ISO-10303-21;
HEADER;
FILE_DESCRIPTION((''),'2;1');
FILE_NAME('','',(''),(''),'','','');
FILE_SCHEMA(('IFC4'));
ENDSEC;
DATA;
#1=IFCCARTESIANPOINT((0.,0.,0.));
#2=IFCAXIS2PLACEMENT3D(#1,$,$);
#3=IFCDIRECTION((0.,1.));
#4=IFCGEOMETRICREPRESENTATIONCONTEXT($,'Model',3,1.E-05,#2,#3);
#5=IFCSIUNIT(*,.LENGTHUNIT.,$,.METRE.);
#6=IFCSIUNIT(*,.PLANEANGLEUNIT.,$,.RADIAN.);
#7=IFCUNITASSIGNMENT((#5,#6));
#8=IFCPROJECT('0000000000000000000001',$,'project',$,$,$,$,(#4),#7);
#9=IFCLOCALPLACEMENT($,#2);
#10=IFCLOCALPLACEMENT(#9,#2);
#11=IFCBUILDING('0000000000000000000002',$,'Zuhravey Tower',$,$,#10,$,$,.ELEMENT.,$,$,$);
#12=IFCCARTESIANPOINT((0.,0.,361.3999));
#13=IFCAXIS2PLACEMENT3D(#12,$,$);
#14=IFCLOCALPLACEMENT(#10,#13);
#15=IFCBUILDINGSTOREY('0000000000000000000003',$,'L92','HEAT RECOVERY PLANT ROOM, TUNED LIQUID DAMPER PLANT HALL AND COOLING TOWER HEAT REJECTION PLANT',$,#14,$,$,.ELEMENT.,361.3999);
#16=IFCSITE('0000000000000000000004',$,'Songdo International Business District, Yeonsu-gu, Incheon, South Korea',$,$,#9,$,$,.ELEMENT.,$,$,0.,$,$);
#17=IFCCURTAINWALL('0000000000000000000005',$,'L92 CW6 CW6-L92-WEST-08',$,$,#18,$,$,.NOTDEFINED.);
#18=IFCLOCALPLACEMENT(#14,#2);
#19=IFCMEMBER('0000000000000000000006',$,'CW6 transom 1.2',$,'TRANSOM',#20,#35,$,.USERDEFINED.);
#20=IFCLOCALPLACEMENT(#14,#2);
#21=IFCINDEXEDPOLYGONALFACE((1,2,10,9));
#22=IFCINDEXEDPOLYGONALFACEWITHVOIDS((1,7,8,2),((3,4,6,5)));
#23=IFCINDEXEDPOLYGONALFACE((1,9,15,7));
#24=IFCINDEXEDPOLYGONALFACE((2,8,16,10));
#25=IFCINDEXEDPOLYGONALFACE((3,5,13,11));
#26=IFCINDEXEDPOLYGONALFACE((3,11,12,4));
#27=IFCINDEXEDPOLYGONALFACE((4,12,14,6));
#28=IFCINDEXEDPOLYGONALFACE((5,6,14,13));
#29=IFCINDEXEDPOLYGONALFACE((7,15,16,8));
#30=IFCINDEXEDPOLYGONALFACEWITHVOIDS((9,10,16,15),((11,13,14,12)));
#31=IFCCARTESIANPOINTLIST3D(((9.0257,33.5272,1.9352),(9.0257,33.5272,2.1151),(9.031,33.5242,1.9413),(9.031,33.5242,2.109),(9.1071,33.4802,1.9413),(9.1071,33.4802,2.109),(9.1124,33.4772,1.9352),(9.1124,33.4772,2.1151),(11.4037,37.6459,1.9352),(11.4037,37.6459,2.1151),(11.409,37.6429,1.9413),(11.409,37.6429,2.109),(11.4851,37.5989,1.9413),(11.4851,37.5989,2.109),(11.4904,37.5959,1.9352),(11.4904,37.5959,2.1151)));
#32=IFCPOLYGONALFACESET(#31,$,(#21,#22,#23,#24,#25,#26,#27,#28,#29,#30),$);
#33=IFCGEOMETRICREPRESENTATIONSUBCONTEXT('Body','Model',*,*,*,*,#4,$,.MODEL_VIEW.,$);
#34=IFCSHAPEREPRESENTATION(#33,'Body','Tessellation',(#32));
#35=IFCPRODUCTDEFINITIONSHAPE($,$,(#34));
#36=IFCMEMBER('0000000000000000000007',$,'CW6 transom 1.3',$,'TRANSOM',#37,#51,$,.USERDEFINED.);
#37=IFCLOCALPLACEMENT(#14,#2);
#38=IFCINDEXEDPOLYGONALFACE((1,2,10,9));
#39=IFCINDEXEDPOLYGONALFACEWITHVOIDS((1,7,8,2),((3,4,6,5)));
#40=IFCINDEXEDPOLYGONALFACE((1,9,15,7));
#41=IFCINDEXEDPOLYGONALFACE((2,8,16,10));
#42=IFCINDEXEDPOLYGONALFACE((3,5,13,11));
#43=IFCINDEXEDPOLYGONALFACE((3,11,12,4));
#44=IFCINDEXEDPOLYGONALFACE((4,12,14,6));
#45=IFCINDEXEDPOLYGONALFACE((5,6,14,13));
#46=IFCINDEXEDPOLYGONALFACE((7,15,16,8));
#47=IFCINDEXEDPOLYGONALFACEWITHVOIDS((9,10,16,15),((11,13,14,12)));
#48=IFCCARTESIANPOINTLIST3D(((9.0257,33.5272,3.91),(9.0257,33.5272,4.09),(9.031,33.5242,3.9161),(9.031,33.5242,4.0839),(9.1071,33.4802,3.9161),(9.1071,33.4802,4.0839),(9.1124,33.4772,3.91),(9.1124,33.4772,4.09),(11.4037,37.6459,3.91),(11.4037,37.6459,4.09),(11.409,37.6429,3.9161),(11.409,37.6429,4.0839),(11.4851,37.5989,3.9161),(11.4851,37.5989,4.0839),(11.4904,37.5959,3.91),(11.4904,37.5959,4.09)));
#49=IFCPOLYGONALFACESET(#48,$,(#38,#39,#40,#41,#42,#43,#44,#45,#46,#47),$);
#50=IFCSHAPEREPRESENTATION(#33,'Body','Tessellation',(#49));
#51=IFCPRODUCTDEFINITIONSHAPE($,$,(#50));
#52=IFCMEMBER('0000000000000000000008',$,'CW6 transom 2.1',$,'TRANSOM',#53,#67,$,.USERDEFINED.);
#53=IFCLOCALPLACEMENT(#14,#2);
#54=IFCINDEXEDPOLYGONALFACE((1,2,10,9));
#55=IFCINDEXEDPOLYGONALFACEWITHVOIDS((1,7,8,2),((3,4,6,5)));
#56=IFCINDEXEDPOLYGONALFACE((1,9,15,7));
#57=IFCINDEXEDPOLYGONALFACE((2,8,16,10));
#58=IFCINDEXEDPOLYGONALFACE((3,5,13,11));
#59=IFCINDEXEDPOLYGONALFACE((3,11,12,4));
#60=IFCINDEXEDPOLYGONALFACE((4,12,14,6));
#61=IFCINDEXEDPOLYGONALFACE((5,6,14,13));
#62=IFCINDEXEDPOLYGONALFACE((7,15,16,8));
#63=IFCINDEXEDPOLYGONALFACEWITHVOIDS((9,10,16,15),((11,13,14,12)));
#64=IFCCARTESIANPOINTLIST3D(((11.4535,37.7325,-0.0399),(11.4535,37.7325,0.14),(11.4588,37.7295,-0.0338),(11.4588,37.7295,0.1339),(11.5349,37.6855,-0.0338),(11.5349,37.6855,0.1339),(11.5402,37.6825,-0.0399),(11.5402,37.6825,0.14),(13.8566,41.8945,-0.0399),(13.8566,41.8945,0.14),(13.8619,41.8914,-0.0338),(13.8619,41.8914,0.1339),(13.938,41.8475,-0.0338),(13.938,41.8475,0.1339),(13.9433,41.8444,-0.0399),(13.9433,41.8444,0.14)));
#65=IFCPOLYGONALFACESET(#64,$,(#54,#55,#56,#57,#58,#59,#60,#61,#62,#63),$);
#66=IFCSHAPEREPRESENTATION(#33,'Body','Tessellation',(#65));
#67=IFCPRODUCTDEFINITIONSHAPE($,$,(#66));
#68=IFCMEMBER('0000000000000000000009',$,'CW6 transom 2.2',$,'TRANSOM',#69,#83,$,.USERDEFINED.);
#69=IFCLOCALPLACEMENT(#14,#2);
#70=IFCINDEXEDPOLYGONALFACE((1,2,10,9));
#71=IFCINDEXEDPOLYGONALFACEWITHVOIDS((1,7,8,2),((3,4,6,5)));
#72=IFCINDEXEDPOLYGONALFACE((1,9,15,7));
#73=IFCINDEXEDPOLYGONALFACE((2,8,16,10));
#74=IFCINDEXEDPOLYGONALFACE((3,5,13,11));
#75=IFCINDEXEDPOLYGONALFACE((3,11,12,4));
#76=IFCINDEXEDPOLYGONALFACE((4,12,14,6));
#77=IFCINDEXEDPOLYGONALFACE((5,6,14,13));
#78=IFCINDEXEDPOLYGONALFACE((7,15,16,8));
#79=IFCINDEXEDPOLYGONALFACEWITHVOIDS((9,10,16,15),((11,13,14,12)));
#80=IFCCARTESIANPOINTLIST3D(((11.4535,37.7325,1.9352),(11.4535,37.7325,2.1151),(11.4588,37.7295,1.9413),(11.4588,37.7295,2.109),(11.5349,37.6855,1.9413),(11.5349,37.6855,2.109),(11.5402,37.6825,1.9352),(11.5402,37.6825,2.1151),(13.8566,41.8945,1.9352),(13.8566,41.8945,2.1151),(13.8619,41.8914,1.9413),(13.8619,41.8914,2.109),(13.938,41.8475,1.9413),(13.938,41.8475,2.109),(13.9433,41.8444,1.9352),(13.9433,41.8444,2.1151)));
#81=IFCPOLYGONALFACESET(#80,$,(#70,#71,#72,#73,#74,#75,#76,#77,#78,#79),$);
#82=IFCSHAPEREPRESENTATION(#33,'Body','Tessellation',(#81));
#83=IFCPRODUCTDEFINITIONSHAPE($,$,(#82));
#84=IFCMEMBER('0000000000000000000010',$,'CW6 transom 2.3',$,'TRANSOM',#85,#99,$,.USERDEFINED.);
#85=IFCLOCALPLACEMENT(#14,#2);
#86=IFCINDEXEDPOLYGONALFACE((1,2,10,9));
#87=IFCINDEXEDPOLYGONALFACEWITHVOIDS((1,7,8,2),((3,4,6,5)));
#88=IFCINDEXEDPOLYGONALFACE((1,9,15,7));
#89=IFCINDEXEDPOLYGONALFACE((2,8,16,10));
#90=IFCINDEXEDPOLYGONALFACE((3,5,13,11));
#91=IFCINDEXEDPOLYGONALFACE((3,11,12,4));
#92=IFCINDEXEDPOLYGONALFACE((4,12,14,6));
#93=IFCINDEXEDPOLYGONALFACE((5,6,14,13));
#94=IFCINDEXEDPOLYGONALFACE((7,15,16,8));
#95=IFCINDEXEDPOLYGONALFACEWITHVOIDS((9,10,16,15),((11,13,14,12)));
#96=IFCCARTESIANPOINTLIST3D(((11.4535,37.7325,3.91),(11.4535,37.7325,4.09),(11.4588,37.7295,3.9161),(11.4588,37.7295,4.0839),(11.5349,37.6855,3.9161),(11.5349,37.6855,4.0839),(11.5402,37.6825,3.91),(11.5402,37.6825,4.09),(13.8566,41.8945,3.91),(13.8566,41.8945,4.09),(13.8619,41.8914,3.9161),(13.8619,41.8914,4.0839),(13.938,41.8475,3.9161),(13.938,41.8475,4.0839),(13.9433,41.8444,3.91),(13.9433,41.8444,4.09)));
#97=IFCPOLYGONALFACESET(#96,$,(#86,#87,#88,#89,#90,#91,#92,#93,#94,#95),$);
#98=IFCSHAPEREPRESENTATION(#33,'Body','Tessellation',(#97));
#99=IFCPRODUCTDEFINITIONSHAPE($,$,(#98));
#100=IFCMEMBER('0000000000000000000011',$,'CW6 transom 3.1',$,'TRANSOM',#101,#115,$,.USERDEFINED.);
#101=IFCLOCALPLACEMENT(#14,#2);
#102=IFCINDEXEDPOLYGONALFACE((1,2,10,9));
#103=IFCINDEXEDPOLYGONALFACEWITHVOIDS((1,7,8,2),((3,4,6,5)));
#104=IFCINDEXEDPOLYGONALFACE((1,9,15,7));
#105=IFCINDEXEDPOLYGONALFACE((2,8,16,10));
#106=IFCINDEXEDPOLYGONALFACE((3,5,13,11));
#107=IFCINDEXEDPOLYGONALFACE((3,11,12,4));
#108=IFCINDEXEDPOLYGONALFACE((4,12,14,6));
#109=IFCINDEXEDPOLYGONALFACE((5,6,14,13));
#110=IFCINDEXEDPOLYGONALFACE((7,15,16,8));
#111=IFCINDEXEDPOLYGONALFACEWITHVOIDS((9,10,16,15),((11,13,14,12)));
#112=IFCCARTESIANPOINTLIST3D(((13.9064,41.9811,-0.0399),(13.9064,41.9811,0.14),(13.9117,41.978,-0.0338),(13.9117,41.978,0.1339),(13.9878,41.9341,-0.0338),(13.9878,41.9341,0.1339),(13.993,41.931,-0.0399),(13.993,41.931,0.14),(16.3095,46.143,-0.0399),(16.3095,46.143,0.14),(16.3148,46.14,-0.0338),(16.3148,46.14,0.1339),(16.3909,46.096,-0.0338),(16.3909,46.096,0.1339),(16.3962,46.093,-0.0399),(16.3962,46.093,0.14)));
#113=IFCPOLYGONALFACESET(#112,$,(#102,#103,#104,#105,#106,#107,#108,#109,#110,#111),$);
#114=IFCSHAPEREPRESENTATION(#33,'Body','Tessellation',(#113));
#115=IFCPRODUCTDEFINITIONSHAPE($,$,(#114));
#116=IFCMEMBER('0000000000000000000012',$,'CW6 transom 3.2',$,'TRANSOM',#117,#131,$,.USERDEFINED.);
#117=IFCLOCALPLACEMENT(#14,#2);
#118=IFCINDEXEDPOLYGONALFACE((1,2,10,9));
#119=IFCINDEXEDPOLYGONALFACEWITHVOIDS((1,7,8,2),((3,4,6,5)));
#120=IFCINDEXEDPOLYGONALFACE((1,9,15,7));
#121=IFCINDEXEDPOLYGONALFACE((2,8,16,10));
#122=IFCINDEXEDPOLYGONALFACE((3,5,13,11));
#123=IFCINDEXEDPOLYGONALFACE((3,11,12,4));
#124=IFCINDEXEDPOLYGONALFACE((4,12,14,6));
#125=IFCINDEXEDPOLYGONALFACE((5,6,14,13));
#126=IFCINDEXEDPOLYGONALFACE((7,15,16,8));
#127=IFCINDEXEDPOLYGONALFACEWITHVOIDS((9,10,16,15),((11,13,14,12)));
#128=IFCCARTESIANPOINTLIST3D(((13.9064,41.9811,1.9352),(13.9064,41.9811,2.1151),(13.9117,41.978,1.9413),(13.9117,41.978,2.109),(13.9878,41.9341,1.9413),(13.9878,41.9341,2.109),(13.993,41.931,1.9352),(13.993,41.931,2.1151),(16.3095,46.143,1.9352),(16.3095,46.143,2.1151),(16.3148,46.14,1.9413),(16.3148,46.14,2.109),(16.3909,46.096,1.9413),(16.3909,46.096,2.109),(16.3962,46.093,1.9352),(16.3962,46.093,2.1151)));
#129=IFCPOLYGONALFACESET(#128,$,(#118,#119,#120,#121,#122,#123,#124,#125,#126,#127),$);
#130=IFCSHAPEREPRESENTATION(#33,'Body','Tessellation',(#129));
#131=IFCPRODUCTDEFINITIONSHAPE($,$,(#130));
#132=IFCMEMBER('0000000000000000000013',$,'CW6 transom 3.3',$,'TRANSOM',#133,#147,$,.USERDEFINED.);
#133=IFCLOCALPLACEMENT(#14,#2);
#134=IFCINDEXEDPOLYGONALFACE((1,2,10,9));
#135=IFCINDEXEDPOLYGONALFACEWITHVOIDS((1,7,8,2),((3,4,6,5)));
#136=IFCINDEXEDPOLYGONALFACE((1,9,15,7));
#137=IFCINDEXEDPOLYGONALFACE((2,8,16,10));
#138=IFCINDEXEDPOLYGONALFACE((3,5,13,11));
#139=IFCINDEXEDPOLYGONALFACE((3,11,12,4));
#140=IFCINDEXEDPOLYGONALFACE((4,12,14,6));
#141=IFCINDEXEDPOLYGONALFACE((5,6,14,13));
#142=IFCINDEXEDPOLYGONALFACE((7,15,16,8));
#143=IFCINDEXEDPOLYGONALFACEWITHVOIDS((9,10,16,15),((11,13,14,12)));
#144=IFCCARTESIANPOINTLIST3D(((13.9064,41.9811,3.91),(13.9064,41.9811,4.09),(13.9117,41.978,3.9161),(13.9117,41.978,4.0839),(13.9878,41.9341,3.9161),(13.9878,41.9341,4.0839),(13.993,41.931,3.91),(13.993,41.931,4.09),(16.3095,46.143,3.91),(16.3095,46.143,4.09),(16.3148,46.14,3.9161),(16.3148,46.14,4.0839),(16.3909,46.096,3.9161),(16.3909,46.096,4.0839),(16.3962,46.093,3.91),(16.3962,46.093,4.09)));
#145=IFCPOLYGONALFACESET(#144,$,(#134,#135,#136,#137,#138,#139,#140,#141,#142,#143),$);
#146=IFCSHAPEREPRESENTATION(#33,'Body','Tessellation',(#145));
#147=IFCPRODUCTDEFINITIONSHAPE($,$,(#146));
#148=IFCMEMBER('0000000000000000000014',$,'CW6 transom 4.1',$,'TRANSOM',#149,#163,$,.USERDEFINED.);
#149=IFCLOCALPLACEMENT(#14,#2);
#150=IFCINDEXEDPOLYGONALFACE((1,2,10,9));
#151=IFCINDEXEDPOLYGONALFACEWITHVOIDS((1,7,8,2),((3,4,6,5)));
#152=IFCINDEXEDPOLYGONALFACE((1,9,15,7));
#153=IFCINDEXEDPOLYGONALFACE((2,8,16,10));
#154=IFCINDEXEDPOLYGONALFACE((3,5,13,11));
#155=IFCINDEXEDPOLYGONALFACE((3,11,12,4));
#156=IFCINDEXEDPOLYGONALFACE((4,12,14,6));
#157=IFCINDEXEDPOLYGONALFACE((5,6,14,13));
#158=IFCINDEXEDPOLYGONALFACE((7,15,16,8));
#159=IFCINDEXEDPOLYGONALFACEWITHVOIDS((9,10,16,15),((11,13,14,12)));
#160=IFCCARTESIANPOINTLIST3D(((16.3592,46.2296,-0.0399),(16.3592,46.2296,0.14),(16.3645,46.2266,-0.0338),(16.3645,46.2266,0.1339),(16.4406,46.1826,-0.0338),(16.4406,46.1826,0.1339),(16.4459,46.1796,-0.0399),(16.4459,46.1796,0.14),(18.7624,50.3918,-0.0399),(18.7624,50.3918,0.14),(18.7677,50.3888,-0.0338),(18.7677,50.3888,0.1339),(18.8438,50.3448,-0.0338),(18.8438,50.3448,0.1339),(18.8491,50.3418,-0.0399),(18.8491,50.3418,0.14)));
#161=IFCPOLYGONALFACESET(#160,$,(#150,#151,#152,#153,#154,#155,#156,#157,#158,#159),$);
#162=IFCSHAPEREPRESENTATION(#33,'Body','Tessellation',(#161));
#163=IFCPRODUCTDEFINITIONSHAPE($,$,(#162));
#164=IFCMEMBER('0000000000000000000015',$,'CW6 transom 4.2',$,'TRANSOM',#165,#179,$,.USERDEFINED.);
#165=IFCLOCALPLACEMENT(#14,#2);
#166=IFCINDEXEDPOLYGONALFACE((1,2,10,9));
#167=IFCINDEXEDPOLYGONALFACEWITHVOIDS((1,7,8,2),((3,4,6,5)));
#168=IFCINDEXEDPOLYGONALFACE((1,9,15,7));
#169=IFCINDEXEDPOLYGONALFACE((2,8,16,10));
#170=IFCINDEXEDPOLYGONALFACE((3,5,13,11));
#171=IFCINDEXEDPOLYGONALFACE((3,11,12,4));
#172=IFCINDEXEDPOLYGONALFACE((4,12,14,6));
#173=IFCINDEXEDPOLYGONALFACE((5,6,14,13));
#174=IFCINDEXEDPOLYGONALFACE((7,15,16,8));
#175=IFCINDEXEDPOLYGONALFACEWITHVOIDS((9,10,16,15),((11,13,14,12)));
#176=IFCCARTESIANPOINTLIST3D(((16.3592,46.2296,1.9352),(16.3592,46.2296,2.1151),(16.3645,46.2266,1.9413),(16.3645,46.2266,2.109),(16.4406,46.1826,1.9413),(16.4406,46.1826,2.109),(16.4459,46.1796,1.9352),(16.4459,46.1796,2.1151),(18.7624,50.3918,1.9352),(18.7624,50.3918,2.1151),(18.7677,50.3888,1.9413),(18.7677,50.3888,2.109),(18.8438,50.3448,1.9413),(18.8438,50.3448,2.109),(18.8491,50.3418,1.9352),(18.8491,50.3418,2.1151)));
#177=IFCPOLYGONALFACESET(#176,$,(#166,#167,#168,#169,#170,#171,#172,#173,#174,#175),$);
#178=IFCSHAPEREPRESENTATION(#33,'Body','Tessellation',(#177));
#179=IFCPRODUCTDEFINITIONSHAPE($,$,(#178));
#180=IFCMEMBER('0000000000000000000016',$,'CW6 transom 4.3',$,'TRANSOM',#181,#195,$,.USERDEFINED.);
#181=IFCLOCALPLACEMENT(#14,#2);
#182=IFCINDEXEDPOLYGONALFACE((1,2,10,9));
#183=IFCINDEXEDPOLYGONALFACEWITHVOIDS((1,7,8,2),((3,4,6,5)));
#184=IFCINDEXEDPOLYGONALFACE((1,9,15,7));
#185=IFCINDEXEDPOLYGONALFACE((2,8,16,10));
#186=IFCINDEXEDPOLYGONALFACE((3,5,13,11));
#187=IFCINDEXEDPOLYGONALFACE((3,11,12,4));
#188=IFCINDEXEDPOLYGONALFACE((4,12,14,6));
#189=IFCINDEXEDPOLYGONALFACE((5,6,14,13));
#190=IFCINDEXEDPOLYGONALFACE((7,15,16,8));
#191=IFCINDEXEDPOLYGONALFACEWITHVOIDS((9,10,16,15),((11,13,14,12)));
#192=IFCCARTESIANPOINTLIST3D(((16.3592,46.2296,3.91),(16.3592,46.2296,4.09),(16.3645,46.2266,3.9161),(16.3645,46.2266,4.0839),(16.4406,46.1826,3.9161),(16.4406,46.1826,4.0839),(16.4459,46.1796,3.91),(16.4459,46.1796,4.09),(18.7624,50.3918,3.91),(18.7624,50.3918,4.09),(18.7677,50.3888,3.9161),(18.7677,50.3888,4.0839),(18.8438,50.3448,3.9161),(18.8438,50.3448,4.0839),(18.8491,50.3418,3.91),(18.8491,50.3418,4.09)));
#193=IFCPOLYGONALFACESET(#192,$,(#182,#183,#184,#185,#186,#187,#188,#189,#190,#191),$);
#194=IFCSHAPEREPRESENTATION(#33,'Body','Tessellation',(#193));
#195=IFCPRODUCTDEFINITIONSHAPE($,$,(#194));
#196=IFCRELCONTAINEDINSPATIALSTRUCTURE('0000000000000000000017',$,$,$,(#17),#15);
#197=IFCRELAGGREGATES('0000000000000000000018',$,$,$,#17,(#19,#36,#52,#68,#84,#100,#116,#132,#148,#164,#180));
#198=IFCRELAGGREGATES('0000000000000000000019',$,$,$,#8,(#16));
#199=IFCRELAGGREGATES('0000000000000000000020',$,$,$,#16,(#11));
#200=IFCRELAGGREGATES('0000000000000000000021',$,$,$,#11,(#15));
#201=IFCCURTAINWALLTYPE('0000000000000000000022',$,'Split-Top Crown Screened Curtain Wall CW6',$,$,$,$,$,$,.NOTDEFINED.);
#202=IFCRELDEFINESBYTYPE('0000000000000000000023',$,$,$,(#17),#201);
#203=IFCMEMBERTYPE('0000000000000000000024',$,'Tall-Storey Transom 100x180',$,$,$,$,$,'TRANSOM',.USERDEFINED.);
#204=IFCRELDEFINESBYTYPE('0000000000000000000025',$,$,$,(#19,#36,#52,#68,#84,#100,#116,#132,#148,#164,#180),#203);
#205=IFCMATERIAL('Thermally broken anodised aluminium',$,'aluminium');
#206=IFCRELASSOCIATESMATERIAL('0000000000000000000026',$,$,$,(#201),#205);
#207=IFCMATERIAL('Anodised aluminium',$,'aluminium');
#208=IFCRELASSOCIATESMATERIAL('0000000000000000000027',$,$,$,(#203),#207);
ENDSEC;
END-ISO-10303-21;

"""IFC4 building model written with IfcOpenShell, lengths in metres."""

from ifc_helpers import new_model, si_unit, direction, frame, origin, origin_2d, place, context, subcontext, project, spatial, hollow_rectangle, extrude, material, material_profile, profile_set, type_object, element, aggregate, save


model = new_model("IFC4")

# Units and contexts
model_context = context("Model", 3, precision=1e-05, world=origin(), true_north=direction((0.0, 1.0)))
body_context = subcontext(model_context, "Body", "Model", "MODEL_VIEW")
ifc_project = project(units=[si_unit("LENGTHUNIT", "METRE"), si_unit("PLANEANGLEUNIT", "RADIAN")], contexts=[model_context])

# Site, building, storey
site_placement = place(None, origin())
site = spatial("IfcSite", under=ifc_project, at=site_placement, Name="Songdo International Business District, Yeonsu-gu, Incheon, South Korea", CompositionType="ELEMENT", RefElevation=0.0)
building_placement = place(site_placement, origin())
building = spatial("IfcBuilding", under=site, at=building_placement, Name="Zuhravey Tower", CompositionType="ELEMENT")
storey_placement = place(building_placement, frame((0.0, 0.0, 361.3999)))
storey = spatial("IfcBuildingStorey", under=building, at=storey_placement, Name="L92", Description="HEAT RECOVERY PLANT ROOM, TUNED LIQUID DAMPER PLANT HALL AND COOLING TOWER HEAT REJECTION PLANT", CompositionType="ELEMENT", Elevation=361.3999)

# Shared definitions
ifc_material_1 = material(Name="Thermally broken anodised aluminium", Category="aluminium")
curtain_wall_type = type_object("IfcCurtainWallType", Name="Split-Top Crown Screened Curtain Wall CW6", PredefinedType="NOTDEFINED", material=ifc_material_1)
ifc_material_2 = material(Name="Anodised aluminium", Category="aluminium")

# Curtain wall
curtain_wall_1_placement = place(storey_placement, origin())
curtain_wall_1 = element("IfcCurtainWall", 1, at=curtain_wall_1_placement, inside=storey, type_object=curtain_wall_type, Name="L92 CW6 CW6-L92-WEST-08", PredefinedType="NOTDEFINED")

# Members
ifc_material_profile_1 = material_profile(ifc_material_2, hollow_rectangle(XDim=0.1001, YDim=0.1799, WallThickness=0.0061, at=origin_2d()), Name="ALU-RHS-100x180x6")
ifc_profile_set_1 = profile_set([ifc_material_profile_1], Name="Anodised aluminium")
member_type_1 = type_object("IfcMemberType", Name="Tall-Storey Transom 100x180", ElementType="TRANSOM", PredefinedType="USERDEFINED", material=ifc_profile_set_1)
member_1_placement = place(storey_placement, frame((9.0691, 33.5022, 2.0251), z_axis=(0.500004, 0.866023, 0.0), x_axis=(-0.866023, 0.500004, 0.0)))
member_1 = element("IfcMember", 2, at=member_1_placement, type_object=member_type_1, Name="CW6 transom 1.2", ObjectType="TRANSOM", PredefinedType="USERDEFINED", context=body_context, shape_type="SweptSolid", body=[
    extrude(hollow_rectangle(XDim=0.1001, YDim=0.1799, WallThickness=0.0061, at=origin_2d()), origin(), (0.0, 0.0, 1.0), 4.7559),
])
member_2_placement = place(storey_placement, frame((9.0691, 33.5022, 4.0), z_axis=(0.500004, 0.866023, 0.0), x_axis=(-0.866023, 0.500004, 0.0)))
member_2 = element("IfcMember", 3, at=member_2_placement, type_object=member_type_1, Name="CW6 transom 1.3", ObjectType="TRANSOM", PredefinedType="USERDEFINED", context=body_context, shape_type="SweptSolid", body=[
    extrude(hollow_rectangle(XDim=0.1001, YDim=0.1799, WallThickness=0.0061, at=origin_2d()), origin(), (0.0, 0.0, 1.0), 4.7559),
])
member_3_placement = place(storey_placement, frame((11.4968, 37.7075, 0.05), z_axis=(0.500035, 0.866005, 0.0), x_axis=(-0.866005, 0.500035, 0.0)))
member_3 = element("IfcMember", 4, at=member_3_placement, type_object=member_type_1, Name="CW6 transom 2.1", ObjectType="TRANSOM", PredefinedType="USERDEFINED", context=body_context, shape_type="SweptSolid", body=[
    extrude(hollow_rectangle(XDim=0.1001, YDim=0.1799, WallThickness=0.0061, at=origin_2d()), origin(), (0.0, 0.0, 1.0), 4.8059),
])
member_4_placement = place(storey_placement, frame((11.4968, 37.7075, 2.0251), z_axis=(0.500035, 0.866005, 0.0), x_axis=(-0.866005, 0.500035, 0.0)))
member_4 = element("IfcMember", 5, at=member_4_placement, type_object=member_type_1, Name="CW6 transom 2.2", ObjectType="TRANSOM", PredefinedType="USERDEFINED", context=body_context, shape_type="SweptSolid", body=[
    extrude(hollow_rectangle(XDim=0.1001, YDim=0.1799, WallThickness=0.0061, at=origin_2d()), origin(), (0.0, 0.0, 1.0), 4.8059),
])
member_5_placement = place(storey_placement, frame((11.4968, 37.7075, 4.0), z_axis=(0.500035, 0.866005, 0.0), x_axis=(-0.866005, 0.500035, 0.0)))
member_5 = element("IfcMember", 6, at=member_5_placement, type_object=member_type_1, Name="CW6 transom 2.3", ObjectType="TRANSOM", PredefinedType="USERDEFINED", context=body_context, shape_type="SweptSolid", body=[
    extrude(hollow_rectangle(XDim=0.1001, YDim=0.1799, WallThickness=0.0061, at=origin_2d()), origin(), (0.0, 0.0, 1.0), 4.8059),
])
member_6_placement = place(storey_placement, frame((13.9497, 41.9561, 0.05), z_axis=(0.500035, 0.866005, 0.0), x_axis=(-0.866005, 0.500035, 0.0)))
member_6 = element("IfcMember", 7, at=member_6_placement, type_object=member_type_1, Name="CW6 transom 3.1", ObjectType="TRANSOM", PredefinedType="USERDEFINED", context=body_context, shape_type="SweptSolid", body=[
    extrude(hollow_rectangle(XDim=0.1001, YDim=0.1799, WallThickness=0.0061, at=origin_2d()), origin(), (0.0, 0.0, 1.0), 4.8059),
])
member_7_placement = place(storey_placement, frame((13.9497, 41.9561, 2.0251), z_axis=(0.500035, 0.866005, 0.0), x_axis=(-0.866005, 0.500035, 0.0)))
member_7 = element("IfcMember", 8, at=member_7_placement, type_object=member_type_1, Name="CW6 transom 3.2", ObjectType="TRANSOM", PredefinedType="USERDEFINED", context=body_context, shape_type="SweptSolid", body=[
    extrude(hollow_rectangle(XDim=0.1001, YDim=0.1799, WallThickness=0.0061, at=origin_2d()), origin(), (0.0, 0.0, 1.0), 4.8059),
])
member_8_placement = place(storey_placement, frame((13.9497, 41.9561, 4.0), z_axis=(0.500035, 0.866005, 0.0), x_axis=(-0.866005, 0.500035, 0.0)))
member_8 = element("IfcMember", 9, at=member_8_placement, type_object=member_type_1, Name="CW6 transom 3.3", ObjectType="TRANSOM", PredefinedType="USERDEFINED", context=body_context, shape_type="SweptSolid", body=[
    extrude(hollow_rectangle(XDim=0.1001, YDim=0.1799, WallThickness=0.0061, at=origin_2d()), origin(), (0.0, 0.0, 1.0), 4.8059),
])
member_9_placement = place(storey_placement, frame((16.4026, 46.2046, 0.05), z_axis=(0.500013, 0.866018, 0.0), x_axis=(-0.866018, 0.500013, 0.0)))
member_9 = element("IfcMember", 10, at=member_9_placement, type_object=member_type_1, Name="CW6 transom 4.1", ObjectType="TRANSOM", PredefinedType="USERDEFINED", context=body_context, shape_type="SweptSolid", body=[
    extrude(hollow_rectangle(XDim=0.1001, YDim=0.1799, WallThickness=0.0061, at=origin_2d()), origin(), (0.0, 0.0, 1.0), 4.8062),
])
member_10_placement = place(storey_placement, frame((16.4026, 46.2046, 2.0251), z_axis=(0.500013, 0.866018, 0.0), x_axis=(-0.866018, 0.500013, 0.0)))
member_10 = element("IfcMember", 11, at=member_10_placement, type_object=member_type_1, Name="CW6 transom 4.2", ObjectType="TRANSOM", PredefinedType="USERDEFINED", context=body_context, shape_type="SweptSolid", body=[
    extrude(hollow_rectangle(XDim=0.1001, YDim=0.1799, WallThickness=0.0061, at=origin_2d()), origin(), (0.0, 0.0, 1.0), 4.8062),
])
member_11_placement = place(storey_placement, frame((16.4026, 46.2046, 4.0), z_axis=(0.500013, 0.866018, 0.0), x_axis=(-0.866018, 0.500013, 0.0)))
member_11 = element("IfcMember", 12, at=member_11_placement, type_object=member_type_1, Name="CW6 transom 4.3", ObjectType="TRANSOM", PredefinedType="USERDEFINED", context=body_context, shape_type="SweptSolid", body=[
    extrude(hollow_rectangle(XDim=0.1001, YDim=0.1799, WallThickness=0.0061, at=origin_2d()), origin(), (0.0, 0.0, 1.0), 4.8062),
])

aggregate(curtain_wall_1, [member_1, member_2, member_3, member_4, member_5, member_6, member_7, member_8, member_9, member_10, member_11])

save(model, "model.ifc")
